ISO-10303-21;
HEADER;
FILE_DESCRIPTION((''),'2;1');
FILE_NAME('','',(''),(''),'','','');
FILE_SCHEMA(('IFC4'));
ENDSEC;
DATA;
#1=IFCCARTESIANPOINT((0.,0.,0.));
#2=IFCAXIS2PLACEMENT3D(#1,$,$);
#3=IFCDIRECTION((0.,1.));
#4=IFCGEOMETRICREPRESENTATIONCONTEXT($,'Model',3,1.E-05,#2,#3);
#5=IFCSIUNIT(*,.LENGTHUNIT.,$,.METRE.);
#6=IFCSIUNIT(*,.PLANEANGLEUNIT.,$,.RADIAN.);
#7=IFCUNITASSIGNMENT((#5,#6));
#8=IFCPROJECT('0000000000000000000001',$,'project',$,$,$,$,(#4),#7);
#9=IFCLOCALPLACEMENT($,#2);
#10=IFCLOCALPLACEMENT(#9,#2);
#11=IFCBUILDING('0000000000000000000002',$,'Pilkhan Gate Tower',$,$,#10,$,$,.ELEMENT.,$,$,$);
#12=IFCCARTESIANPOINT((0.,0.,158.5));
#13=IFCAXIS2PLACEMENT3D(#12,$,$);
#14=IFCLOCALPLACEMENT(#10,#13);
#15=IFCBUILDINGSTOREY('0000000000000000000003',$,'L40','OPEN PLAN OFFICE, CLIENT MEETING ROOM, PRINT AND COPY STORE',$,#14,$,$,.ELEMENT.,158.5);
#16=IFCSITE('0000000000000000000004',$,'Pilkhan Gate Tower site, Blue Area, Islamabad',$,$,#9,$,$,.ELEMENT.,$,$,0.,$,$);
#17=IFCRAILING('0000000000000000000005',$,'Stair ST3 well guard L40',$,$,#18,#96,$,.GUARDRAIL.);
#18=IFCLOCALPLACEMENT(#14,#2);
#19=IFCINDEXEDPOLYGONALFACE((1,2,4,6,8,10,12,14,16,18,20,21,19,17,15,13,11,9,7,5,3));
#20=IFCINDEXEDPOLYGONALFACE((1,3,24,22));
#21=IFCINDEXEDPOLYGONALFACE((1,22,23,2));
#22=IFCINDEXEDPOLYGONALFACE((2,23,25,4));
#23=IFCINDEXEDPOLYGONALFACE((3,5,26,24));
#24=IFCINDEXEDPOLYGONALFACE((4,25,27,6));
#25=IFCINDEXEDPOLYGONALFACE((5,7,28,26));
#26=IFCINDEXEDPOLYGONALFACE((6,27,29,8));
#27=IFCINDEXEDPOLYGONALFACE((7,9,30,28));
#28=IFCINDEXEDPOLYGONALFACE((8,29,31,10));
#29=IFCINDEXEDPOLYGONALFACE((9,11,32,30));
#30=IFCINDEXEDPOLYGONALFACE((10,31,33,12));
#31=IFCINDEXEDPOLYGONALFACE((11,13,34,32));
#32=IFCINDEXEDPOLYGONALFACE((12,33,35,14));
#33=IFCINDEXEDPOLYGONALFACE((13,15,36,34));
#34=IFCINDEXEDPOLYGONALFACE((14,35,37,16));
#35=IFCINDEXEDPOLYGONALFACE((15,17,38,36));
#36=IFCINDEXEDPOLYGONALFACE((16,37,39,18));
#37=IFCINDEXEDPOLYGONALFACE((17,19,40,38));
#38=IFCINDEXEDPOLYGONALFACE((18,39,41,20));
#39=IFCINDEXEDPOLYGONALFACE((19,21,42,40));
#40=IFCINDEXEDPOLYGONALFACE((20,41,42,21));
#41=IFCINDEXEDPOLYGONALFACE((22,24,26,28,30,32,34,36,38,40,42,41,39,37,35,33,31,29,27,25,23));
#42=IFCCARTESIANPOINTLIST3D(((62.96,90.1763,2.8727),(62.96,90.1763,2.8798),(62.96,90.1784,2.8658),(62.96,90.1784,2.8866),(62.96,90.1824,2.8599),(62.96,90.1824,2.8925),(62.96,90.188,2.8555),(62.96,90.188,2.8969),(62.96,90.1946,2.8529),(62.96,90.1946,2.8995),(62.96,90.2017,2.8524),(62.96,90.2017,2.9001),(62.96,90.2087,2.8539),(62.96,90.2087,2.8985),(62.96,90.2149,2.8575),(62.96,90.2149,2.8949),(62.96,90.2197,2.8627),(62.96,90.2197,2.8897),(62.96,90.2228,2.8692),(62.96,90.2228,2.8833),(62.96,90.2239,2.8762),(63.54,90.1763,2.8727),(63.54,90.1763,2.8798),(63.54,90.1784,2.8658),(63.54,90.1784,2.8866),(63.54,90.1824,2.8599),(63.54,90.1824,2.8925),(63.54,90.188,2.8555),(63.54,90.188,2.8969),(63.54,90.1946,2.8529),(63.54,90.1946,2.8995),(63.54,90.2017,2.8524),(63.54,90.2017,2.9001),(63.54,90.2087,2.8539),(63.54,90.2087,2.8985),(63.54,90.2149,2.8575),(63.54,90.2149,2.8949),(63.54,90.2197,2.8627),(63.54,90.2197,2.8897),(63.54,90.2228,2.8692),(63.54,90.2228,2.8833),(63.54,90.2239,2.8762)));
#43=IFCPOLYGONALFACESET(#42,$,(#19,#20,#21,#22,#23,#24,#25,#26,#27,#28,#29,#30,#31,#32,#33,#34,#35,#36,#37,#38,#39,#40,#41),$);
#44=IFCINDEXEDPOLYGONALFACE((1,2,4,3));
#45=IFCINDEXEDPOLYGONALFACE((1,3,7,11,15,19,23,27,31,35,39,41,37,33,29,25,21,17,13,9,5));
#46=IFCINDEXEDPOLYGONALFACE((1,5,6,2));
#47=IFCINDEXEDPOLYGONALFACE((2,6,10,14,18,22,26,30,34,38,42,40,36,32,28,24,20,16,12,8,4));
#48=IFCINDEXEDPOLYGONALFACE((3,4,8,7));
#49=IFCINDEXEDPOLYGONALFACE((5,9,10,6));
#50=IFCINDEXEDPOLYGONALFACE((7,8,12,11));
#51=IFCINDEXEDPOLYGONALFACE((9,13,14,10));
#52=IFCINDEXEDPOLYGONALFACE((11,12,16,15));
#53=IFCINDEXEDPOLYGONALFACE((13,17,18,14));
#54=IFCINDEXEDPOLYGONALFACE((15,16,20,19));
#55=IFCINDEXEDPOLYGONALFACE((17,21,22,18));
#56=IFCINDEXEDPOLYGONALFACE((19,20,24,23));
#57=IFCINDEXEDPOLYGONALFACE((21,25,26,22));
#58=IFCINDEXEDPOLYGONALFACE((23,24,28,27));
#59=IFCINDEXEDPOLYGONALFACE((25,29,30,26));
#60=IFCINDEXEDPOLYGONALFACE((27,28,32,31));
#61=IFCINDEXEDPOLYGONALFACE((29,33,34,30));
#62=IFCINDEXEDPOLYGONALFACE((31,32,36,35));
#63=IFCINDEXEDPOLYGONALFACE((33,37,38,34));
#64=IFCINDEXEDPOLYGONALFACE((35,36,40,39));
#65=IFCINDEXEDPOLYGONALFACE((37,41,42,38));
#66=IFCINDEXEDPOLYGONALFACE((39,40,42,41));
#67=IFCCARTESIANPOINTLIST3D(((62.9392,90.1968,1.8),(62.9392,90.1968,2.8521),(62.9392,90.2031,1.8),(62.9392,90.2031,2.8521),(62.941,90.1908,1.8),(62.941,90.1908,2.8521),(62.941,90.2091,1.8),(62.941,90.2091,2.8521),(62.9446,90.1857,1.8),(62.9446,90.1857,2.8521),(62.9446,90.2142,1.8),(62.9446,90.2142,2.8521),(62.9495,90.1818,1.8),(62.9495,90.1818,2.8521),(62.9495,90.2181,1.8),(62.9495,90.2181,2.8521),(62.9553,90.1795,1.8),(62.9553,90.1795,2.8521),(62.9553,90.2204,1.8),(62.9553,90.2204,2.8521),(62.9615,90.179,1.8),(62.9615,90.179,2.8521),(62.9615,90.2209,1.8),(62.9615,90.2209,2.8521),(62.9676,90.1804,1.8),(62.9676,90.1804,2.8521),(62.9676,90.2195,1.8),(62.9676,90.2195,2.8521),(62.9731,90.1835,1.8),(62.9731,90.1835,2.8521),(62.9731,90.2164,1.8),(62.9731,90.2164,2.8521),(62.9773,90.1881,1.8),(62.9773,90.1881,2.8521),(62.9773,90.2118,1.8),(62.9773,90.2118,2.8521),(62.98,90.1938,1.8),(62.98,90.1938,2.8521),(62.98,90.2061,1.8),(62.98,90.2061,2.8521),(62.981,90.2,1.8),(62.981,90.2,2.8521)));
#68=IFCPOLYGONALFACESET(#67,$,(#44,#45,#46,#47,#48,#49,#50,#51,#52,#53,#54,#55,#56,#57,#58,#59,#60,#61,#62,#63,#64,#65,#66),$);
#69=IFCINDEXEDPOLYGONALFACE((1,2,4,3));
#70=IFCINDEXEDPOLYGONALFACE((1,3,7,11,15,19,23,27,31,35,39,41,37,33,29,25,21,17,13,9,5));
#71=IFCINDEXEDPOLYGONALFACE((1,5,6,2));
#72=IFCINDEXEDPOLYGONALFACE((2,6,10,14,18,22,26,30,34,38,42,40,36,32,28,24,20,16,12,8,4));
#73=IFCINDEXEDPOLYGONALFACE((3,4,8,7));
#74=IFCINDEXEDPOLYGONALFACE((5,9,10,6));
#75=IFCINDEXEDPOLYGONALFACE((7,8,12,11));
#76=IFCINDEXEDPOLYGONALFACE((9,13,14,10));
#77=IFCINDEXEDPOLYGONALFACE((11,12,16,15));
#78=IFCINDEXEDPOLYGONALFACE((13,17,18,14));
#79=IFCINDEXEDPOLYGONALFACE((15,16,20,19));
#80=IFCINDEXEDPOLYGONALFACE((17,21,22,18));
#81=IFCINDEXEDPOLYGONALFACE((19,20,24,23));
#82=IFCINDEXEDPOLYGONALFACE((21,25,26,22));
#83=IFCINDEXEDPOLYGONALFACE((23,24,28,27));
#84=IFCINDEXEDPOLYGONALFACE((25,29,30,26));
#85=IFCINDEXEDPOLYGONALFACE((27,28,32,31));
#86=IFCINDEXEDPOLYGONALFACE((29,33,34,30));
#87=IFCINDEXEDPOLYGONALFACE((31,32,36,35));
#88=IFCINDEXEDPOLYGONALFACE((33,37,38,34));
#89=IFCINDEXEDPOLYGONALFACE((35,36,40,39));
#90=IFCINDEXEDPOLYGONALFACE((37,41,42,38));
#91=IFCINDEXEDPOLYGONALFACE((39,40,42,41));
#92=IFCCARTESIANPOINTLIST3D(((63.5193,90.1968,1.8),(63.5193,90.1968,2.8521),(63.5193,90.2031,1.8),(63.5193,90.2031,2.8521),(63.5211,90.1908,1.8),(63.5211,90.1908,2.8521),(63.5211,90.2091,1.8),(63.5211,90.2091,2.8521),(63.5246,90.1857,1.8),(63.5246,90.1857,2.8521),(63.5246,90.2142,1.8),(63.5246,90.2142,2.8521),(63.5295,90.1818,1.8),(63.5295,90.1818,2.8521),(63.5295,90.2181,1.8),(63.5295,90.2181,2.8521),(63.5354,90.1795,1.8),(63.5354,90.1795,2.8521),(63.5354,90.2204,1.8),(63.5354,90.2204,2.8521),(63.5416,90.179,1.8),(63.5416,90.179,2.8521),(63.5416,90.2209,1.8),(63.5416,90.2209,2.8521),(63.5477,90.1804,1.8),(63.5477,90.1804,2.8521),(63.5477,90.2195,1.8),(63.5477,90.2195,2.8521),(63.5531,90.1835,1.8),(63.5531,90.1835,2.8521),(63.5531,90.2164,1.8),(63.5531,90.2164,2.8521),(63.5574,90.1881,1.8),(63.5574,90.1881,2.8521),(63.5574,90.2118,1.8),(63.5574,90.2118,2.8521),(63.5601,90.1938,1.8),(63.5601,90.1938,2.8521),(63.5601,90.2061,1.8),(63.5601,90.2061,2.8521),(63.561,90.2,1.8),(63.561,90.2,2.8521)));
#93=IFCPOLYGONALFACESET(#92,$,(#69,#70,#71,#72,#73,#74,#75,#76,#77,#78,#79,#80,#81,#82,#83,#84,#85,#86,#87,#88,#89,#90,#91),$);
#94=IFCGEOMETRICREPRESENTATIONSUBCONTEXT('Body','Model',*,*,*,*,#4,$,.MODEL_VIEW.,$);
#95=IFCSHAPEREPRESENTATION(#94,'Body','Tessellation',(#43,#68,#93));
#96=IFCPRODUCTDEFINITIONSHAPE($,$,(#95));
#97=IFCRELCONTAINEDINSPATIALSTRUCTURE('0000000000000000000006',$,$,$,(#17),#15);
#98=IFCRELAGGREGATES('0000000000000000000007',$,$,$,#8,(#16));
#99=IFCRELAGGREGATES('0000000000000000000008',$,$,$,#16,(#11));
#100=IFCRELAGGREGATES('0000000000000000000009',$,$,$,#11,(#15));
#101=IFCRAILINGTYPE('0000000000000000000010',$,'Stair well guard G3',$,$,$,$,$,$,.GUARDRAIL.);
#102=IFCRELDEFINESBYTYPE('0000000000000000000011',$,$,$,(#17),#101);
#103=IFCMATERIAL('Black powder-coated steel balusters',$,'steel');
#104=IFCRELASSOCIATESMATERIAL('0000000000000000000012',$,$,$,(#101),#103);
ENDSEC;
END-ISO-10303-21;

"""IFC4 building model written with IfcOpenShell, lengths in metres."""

from ifc_helpers import new_model, si_unit, direction, frame, origin, origin_2d, place, context, subcontext, project, spatial, circle, extrude, material, type_object, element, save


model = new_model("IFC4")

# Units and contexts
model_context = context("Model", 3, precision=1e-05, world=origin(), true_north=direction((0.0, 1.0)))
body_context = subcontext(model_context, "Body", "Model", "MODEL_VIEW")
ifc_project = project(units=[si_unit("LENGTHUNIT", "METRE"), si_unit("PLANEANGLEUNIT", "RADIAN")], contexts=[model_context])

# Site, building, storey
site_placement = place(None, origin())
site = spatial("IfcSite", under=ifc_project, at=site_placement, Name="Pilkhan Gate Tower site, Blue Area, Islamabad", CompositionType="ELEMENT", RefElevation=0.0)
building_placement = place(site_placement, origin())
building = spatial("IfcBuilding", under=site, at=building_placement, Name="Pilkhan Gate Tower", CompositionType="ELEMENT")
storey_placement = place(building_placement, frame((0.0, 0.0, 158.5)))
storey = spatial("IfcBuildingStorey", under=building, at=storey_placement, Name="L40", Description="OPEN PLAN OFFICE, CLIENT MEETING ROOM, PRINT AND COPY STORE", CompositionType="ELEMENT", Elevation=158.5)

# Railing
ifc_material_1 = material(Name="Black powder-coated steel balusters", Category="steel")
railing_type_1 = type_object("IfcRailingType", Name="Stair well guard G3", PredefinedType="GUARDRAIL", material=ifc_material_1)
for number, where, name in (
    (1, (62.96, 90.2, 1.8), "Stair ST3 well guard L40"),
):
    element("IfcRailing", number, at=place(storey_placement, frame(where)), inside=storey, type_object=railing_type_1, Name=name, PredefinedType="GUARDRAIL", context=body_context, shape_type="SweptSolid", body=[
        extrude(circle(Radius=0.0239, at=origin_2d()), frame((0.0, 0.0, 1.0762), z_axis=(1.0, 0.0, 0.0), x_axis=(0.0, 1.0, 0.0)), (0.0, 0.0, 1.0), 0.5801),
        extrude(circle(Radius=0.021, at=origin_2d()), origin(), (0.0, 0.0, 1.0), 1.052),
        extrude(circle(Radius=0.021, at=origin_2d()), frame((0.5801, 0.0, 0.0)), (0.0, 0.0, 1.0), 1.052),
    ])

save(model, "model.ifc")
